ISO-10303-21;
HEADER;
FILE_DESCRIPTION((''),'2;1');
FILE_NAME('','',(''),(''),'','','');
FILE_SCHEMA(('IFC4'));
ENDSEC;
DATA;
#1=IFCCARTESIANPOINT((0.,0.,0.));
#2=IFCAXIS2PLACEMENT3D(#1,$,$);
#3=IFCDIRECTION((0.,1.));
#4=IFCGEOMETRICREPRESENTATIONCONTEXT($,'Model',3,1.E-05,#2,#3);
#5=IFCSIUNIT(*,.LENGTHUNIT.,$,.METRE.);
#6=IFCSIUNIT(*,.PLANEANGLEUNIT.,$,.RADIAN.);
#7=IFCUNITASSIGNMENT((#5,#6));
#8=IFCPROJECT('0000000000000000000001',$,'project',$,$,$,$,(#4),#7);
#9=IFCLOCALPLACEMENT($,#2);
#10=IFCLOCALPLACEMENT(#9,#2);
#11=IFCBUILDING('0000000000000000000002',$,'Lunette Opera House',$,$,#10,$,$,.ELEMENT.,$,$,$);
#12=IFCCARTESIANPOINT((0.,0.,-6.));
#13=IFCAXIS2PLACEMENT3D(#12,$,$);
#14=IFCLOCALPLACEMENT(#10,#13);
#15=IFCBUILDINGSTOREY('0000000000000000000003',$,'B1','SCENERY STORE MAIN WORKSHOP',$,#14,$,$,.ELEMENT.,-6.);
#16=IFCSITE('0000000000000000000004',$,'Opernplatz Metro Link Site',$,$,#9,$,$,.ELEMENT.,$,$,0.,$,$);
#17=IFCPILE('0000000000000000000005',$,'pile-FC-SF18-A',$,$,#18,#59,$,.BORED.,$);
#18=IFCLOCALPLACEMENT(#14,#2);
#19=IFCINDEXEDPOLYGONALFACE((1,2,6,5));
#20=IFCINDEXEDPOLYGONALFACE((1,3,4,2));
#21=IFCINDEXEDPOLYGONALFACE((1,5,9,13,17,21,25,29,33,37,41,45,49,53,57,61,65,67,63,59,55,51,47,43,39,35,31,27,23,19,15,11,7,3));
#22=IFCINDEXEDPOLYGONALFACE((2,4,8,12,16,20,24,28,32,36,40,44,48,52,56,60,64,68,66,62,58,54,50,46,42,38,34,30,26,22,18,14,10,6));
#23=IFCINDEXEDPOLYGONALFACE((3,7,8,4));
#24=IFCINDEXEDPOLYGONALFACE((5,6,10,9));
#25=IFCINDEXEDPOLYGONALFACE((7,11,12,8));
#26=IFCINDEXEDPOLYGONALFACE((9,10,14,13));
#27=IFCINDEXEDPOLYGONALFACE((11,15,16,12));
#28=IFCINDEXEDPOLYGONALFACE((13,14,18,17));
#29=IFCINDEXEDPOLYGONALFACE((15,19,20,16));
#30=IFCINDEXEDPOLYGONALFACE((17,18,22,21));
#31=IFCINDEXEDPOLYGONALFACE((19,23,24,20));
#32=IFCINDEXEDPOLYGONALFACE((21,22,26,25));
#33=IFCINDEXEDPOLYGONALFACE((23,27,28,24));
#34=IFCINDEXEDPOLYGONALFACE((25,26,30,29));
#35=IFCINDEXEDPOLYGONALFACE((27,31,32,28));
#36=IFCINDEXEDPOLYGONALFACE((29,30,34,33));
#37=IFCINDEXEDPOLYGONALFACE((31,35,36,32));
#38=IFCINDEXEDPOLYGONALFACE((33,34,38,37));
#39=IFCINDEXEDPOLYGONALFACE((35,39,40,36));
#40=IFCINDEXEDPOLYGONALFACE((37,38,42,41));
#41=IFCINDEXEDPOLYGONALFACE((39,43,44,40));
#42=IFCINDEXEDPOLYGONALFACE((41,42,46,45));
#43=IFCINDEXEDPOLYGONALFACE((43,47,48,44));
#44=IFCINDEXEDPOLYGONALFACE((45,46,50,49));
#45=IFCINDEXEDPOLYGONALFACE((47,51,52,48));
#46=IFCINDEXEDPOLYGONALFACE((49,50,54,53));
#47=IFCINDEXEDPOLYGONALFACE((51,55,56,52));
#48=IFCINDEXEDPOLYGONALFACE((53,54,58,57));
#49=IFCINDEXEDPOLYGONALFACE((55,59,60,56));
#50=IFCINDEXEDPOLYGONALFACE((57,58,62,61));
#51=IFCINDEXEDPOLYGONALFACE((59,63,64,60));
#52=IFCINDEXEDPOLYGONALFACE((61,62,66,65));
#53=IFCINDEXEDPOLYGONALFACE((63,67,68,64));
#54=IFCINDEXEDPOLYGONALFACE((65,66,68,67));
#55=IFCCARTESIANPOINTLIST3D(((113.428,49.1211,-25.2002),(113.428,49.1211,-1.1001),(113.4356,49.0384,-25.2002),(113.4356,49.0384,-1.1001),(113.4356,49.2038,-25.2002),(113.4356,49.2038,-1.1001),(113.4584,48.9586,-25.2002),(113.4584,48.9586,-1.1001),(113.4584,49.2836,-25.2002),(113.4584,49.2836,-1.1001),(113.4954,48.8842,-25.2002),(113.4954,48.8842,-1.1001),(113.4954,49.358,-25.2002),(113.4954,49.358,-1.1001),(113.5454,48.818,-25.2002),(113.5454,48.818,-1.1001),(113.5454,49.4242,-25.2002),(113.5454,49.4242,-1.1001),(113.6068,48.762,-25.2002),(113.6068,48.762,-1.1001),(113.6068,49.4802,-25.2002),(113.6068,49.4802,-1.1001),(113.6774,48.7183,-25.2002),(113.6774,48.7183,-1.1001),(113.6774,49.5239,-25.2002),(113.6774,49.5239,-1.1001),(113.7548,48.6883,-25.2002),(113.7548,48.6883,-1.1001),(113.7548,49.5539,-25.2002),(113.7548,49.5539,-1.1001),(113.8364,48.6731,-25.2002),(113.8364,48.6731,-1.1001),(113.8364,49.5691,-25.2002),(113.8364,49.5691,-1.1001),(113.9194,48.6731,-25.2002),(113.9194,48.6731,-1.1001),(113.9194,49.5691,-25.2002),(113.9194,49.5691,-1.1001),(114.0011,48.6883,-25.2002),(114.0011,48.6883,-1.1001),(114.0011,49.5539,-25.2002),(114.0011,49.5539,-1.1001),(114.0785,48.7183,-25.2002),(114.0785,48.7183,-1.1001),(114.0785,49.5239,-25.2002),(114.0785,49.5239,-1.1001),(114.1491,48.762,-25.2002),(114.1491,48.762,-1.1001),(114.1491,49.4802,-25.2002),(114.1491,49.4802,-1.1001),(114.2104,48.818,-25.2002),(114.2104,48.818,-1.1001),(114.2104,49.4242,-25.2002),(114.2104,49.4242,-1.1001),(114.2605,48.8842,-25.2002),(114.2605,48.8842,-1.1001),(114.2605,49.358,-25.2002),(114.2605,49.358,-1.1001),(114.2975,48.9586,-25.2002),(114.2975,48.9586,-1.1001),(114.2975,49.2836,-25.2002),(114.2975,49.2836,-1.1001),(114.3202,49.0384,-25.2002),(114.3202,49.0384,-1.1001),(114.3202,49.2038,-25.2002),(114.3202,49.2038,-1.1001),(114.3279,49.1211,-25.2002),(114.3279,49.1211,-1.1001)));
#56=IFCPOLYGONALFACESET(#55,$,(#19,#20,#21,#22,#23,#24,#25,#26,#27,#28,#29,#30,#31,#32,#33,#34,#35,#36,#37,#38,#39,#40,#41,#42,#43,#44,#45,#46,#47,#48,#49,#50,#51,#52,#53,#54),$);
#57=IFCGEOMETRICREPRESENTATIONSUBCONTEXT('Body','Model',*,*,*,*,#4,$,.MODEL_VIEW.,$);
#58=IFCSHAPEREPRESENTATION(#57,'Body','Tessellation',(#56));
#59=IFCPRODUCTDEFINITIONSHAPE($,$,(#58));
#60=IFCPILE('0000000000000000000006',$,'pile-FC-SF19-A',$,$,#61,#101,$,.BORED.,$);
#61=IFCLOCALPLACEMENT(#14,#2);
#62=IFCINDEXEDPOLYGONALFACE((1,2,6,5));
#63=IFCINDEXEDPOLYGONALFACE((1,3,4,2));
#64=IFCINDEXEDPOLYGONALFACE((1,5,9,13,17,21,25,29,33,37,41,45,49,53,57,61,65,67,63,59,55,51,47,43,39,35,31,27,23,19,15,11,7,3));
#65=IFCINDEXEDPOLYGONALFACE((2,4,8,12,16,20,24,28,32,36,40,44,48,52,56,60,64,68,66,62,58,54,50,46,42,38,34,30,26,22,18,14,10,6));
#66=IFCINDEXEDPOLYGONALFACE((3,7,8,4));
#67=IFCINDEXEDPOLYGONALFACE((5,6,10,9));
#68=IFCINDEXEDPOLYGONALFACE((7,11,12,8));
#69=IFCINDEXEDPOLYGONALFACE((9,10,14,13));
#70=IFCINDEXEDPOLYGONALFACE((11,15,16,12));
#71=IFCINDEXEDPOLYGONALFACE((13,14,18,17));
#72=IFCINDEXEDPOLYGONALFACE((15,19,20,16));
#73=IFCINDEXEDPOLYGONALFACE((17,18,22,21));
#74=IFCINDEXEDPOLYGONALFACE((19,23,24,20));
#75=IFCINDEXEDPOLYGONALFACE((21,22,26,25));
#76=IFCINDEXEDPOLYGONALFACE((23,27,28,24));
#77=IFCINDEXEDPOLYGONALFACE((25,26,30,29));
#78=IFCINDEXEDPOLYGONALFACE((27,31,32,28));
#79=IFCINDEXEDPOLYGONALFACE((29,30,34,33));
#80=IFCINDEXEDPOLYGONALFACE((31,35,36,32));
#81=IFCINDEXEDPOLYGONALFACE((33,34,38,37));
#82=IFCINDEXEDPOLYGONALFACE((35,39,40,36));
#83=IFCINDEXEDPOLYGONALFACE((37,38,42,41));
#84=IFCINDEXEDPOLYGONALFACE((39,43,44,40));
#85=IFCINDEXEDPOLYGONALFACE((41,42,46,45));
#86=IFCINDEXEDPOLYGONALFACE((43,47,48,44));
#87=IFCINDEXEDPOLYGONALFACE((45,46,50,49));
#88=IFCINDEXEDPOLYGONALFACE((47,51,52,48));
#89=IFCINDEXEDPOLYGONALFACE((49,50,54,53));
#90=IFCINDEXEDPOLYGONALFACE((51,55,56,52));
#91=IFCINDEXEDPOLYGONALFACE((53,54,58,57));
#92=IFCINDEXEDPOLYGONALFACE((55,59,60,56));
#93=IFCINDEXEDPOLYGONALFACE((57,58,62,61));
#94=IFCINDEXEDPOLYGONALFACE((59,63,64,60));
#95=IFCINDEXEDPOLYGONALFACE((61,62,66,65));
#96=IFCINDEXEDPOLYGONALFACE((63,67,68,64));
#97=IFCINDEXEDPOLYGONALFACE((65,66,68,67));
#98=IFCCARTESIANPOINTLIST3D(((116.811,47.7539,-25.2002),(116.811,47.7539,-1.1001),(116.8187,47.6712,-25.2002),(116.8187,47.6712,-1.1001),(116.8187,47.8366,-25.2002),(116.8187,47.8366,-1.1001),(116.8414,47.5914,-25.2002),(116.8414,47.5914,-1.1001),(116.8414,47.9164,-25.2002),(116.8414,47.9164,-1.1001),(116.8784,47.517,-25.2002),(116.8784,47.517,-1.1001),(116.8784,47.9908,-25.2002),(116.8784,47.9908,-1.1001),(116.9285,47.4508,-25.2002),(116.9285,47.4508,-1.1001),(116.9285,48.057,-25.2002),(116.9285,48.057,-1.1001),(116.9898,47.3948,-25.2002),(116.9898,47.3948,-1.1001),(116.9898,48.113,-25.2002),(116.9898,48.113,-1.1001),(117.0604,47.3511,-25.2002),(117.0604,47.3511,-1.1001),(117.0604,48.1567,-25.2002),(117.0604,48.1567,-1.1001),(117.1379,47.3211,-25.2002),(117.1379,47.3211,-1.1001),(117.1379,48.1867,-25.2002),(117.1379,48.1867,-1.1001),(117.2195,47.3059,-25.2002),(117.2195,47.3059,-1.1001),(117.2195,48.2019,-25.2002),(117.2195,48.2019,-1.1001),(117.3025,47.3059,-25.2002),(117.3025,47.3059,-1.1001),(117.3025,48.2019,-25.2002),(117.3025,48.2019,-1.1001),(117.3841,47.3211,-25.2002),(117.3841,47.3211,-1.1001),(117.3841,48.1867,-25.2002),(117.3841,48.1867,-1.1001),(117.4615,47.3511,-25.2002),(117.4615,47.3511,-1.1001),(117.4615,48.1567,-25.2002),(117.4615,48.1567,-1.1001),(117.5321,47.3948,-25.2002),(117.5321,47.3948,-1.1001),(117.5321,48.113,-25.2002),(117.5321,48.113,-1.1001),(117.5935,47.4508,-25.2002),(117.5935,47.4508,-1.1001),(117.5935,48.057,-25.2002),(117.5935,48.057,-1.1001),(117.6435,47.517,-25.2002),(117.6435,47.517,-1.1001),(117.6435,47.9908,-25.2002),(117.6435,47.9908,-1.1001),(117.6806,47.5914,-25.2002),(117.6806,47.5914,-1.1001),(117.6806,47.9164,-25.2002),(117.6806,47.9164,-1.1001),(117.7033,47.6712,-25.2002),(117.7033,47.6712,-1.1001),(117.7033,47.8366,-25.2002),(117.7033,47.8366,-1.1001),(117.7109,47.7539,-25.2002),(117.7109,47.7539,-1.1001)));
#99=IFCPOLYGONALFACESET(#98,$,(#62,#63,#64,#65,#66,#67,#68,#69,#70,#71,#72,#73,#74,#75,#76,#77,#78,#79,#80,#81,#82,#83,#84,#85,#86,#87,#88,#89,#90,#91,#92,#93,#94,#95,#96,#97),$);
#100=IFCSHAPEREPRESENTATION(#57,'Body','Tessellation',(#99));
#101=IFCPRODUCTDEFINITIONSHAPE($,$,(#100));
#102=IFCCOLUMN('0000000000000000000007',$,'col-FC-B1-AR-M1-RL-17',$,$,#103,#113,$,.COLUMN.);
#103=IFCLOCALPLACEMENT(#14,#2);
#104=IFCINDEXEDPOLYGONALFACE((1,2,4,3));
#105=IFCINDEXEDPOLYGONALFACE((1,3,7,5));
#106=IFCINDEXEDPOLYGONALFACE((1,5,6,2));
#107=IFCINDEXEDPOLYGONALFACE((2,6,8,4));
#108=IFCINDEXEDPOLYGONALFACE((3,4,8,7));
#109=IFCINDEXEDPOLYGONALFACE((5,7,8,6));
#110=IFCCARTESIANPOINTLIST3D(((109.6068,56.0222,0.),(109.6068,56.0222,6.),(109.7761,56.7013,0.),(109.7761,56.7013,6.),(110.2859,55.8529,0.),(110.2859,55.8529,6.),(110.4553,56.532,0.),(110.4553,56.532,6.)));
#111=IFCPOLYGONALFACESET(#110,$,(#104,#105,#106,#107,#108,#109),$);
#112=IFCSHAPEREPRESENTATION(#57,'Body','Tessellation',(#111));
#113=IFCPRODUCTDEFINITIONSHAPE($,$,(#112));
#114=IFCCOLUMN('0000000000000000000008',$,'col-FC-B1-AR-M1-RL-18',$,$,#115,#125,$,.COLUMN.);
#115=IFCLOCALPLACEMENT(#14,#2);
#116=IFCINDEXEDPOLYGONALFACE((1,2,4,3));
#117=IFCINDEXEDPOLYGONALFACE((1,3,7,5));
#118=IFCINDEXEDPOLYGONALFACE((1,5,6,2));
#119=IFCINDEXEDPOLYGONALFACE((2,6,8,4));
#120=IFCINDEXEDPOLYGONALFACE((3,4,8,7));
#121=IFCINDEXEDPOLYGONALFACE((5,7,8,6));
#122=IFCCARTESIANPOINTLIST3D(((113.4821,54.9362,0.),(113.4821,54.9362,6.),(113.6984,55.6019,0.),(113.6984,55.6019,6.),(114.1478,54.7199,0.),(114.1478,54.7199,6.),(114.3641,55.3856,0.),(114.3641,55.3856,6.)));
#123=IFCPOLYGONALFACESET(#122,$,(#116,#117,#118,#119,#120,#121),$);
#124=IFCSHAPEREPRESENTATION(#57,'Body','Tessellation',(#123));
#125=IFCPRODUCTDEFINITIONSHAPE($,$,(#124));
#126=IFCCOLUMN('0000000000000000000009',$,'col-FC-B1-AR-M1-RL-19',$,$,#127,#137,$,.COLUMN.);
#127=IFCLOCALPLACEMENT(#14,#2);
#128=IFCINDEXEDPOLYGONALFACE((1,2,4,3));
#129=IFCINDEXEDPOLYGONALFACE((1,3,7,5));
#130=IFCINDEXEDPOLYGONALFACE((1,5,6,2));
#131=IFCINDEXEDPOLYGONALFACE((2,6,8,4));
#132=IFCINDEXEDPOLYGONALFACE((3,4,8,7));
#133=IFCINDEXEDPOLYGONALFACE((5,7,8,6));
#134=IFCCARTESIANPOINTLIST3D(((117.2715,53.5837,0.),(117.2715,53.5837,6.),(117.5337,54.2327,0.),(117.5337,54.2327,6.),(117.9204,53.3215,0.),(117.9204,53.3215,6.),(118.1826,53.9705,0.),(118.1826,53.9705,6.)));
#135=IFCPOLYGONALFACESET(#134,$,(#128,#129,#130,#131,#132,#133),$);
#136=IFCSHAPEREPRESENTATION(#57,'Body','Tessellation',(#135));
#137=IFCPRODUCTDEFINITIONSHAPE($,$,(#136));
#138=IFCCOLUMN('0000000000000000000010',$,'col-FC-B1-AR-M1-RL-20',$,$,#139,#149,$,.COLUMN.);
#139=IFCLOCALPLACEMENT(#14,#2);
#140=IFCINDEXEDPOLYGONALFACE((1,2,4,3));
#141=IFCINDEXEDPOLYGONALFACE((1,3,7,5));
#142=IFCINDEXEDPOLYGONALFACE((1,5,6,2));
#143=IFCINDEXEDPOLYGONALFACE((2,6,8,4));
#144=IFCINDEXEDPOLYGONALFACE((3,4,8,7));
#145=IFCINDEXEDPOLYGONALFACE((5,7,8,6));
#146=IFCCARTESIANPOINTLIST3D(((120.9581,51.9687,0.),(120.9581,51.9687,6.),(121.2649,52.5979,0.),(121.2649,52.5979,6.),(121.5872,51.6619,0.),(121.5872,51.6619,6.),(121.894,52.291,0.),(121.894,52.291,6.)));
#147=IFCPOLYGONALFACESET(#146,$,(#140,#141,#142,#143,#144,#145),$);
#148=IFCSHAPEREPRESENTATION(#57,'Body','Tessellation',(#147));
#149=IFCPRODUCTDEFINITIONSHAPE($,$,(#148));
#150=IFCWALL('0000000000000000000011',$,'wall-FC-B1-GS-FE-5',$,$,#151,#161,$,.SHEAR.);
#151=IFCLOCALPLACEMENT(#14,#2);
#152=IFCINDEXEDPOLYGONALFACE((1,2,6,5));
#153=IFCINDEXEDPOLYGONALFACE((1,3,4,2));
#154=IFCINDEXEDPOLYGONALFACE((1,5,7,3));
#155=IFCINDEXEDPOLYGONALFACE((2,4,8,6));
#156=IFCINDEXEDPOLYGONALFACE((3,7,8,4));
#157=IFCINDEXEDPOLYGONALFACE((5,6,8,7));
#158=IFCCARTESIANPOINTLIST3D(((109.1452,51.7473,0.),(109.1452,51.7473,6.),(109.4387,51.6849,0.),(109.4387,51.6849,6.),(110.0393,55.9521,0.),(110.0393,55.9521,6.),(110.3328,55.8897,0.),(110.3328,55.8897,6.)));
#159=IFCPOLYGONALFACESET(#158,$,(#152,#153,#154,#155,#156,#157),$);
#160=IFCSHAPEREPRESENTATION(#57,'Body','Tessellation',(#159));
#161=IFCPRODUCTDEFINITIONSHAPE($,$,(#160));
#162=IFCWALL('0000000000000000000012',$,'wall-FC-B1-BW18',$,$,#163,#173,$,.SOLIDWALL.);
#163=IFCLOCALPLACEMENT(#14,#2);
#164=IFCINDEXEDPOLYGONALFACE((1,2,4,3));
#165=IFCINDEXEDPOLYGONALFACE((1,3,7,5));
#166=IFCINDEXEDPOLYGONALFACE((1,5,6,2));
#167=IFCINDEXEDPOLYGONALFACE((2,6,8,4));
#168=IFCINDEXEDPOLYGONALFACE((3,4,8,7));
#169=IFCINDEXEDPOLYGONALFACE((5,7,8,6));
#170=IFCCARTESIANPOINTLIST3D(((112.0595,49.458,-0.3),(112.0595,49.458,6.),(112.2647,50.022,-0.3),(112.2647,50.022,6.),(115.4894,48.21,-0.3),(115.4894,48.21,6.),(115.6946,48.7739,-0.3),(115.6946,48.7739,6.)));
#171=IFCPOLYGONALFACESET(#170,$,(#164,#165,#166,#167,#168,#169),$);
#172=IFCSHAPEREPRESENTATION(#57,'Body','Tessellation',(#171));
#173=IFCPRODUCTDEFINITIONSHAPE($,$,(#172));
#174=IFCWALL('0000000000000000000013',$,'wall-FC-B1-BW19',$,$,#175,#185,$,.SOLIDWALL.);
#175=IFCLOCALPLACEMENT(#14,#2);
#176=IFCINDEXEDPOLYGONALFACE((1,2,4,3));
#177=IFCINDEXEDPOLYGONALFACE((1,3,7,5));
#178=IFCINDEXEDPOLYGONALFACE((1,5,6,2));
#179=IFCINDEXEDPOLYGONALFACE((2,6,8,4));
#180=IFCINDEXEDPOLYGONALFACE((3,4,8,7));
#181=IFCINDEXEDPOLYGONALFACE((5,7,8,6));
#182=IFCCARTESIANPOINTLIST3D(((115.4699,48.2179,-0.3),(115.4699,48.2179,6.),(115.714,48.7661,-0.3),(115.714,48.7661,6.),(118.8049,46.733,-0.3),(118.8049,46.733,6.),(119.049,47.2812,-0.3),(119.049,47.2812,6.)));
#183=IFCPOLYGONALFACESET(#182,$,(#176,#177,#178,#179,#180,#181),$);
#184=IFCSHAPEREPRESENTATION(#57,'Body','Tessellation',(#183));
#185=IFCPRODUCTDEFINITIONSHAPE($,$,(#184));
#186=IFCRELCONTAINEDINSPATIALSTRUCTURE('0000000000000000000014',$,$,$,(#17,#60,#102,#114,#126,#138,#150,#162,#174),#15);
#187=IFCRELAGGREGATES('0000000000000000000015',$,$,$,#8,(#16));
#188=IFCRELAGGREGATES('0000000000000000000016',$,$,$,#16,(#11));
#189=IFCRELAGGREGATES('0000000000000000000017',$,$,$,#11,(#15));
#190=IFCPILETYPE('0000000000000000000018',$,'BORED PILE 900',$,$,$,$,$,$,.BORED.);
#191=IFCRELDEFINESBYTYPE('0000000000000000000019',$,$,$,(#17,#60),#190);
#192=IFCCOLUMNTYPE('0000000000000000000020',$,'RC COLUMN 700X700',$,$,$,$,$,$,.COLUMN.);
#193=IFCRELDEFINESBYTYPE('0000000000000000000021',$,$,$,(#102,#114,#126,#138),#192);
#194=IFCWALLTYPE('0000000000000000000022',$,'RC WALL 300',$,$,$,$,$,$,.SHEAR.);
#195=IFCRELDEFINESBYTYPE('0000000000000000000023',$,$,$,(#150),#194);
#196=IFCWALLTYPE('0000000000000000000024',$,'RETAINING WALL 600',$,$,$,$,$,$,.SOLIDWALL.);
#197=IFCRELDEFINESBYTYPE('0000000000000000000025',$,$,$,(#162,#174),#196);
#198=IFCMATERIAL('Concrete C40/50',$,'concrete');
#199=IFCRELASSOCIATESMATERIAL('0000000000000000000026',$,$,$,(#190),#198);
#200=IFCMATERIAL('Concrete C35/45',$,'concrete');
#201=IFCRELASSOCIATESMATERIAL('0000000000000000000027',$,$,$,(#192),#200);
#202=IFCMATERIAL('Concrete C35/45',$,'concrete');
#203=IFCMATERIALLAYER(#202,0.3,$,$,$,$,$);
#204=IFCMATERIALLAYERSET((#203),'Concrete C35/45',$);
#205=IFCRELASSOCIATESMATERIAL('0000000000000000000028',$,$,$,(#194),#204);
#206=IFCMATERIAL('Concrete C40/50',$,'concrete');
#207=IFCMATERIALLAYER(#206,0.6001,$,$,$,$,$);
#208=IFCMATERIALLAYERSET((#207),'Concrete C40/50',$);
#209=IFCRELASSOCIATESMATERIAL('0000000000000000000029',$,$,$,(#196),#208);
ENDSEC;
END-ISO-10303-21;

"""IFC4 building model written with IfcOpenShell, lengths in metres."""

from ifc_helpers import new_model, si_unit, direction, frame, frame_2d, origin, origin_2d, place, context, subcontext, project, spatial, rectangle, circle, extrude, material, layer, layer_set, material_profile, profile_set, type_object, element, save


model = new_model("IFC4")

# Units and contexts
model_context = context("Model", 3, precision=1e-05, world=origin(), true_north=direction((0.0, 1.0)))
body_context = subcontext(model_context, "Body", "Model", "MODEL_VIEW")
ifc_project = project(units=[si_unit("LENGTHUNIT", "METRE"), si_unit("PLANEANGLEUNIT", "RADIAN")], contexts=[model_context])

# Site, building, storey
site_placement = place(None, origin())
site = spatial("IfcSite", under=ifc_project, at=site_placement, Name="Opernplatz Metro Link Site", CompositionType="ELEMENT", RefElevation=0.0)
building_placement = place(site_placement, origin())
building = spatial("IfcBuilding", under=site, at=building_placement, Name="Lunette Opera House", CompositionType="ELEMENT")
storey_placement = place(building_placement, frame((0.0, 0.0, -6.0)))
storey = spatial("IfcBuildingStorey", under=building, at=storey_placement, Name="B1", Description="SCENERY STORE MAIN WORKSHOP", CompositionType="ELEMENT", Elevation=-6.0)

# Piles
ifc_material_1 = material(Name="Concrete C40/50", Category="concrete")
ifc_material_profile_1 = material_profile(ifc_material_1, circle(Radius=0.45, at=origin_2d()), Name="BORED PILE 900")
ifc_profile_set_1 = profile_set([ifc_material_profile_1], Name="Concrete C40/50")
pile_type = type_object("IfcPileType", Name="BORED PILE 900", PredefinedType="BORED", material=ifc_profile_set_1)
for number, where, z_axis, x_axis, name in (
    (1, (113.8779, 49.1211, -1.1001), (0.0, 0.0, -1.0), (1.0, 0.0, 0.0), "pile-FC-SF18-A"),
    (2, (117.261, 47.7539, -1.1001), (0.0, 0.0, -1.0), (1.0, 0.0, 0.0), "pile-FC-SF19-A"),
):
    element("IfcPile", number, at=place(storey_placement, frame(where, z_axis=z_axis, x_axis=x_axis)), inside=storey, type_object=pile_type, Name=name, PredefinedType="BORED", context=body_context, shape_type="SweptSolid", body=[
        extrude(circle(Radius=0.45, at=origin_2d()), origin(), (0.0, 0.0, 1.0), 24.1001),
    ])

# Columns
ifc_material_2 = material(Name="Concrete C35/45", Category="concrete")
ifc_material_profile_2 = material_profile(ifc_material_2, rectangle(XDim=0.7, YDim=0.7, at=origin_2d()), Name="RC COLUMN 700X700")
ifc_profile_set_2 = profile_set([ifc_material_profile_2], Name="Concrete C35/45")
column_type = type_object("IfcColumnType", Name="RC COLUMN 700X700", PredefinedType="COLUMN", material=ifc_profile_set_2)
for number, where, z_axis, x_axis, name in (
    (3, (110.031, 56.2771, 0.0), (0.0, 0.0, 1.0), (0.970296, -0.241922, 0.0), "col-FC-B1-AR-M1-RL-17"),
    (4, (113.9231, 55.1609, 0.0), (0.0, 0.0, 1.0), (0.951057, -0.309017, 0.0), "col-FC-B1-AR-M1-RL-18"),
    (5, (117.7271, 53.7771, 0.0), (0.0, 0.0, 1.0), (0.927184, -0.374607, 0.0), "col-FC-B1-AR-M1-RL-19"),
    (6, (121.426, 52.1299, 0.0), (0.0, 0.0, 1.0), (0.898794, -0.438371, 0.0), "col-FC-B1-AR-M1-RL-20"),
):
    element("IfcColumn", number, at=place(storey_placement, frame(where, z_axis=z_axis, x_axis=x_axis)), inside=storey, type_object=column_type, Name=name, PredefinedType="COLUMN", context=body_context, shape_type="SweptSolid", body=[
        extrude(rectangle(XDim=0.7, YDim=0.7, at=origin_2d()), origin(), (0.0, 0.0, 1.0), 6.0),
    ])

# Walls
ifc_material_3 = material(Name="Concrete C35/45", Category="concrete")
ifc_layer_1 = layer(ifc_material_3, 0.3)
ifc_layer_set_1 = layer_set([ifc_layer_1], Name="Concrete C35/45")
wall_type_1 = type_object("IfcWallType", Name="RC WALL 300", PredefinedType="SHEAR", material=ifc_layer_set_1)
wall_1_placement = place(storey_placement, frame((110.186, 55.9209, 0.0), z_axis=(0.0, 0.0, 1.0), x_axis=(-0.207974, -0.978134, 0.0)))
element("IfcWall", 7, at=wall_1_placement, inside=storey, type_object=wall_type_1, Name="wall-FC-B1-GS-FE-5", PredefinedType="SHEAR", context=body_context, shape_type="SweptSolid", body=[
    extrude(rectangle(XDim=4.2988, YDim=0.3, at=frame_2d((2.1494, 0.0))), origin(), (0.0, 0.0, 1.0), 6.0),
])
ifc_material_4 = material(Name="Concrete C40/50", Category="concrete")
ifc_layer_2 = layer(ifc_material_4, 0.6001)
ifc_layer_set_2 = layer_set([ifc_layer_2], Name="Concrete C40/50")
wall_type_2 = type_object("IfcWallType", Name="RETAINING WALL 600", PredefinedType="SOLIDWALL", material=ifc_layer_set_2)
wall_2_placement = place(storey_placement, frame((112.1621, 49.74, -0.3), z_axis=(0.0, 0.0, 1.0), x_axis=(0.939723, -0.341936, 0.0)))
element("IfcWall", 8, at=wall_2_placement, inside=storey, type_object=wall_type_2, Name="wall-FC-B1-BW18", PredefinedType="SOLIDWALL", context=body_context, shape_type="SweptSolid", body=[
    extrude(rectangle(XDim=3.6499, YDim=0.6001, at=frame_2d((1.825, 0.0))), origin(), (0.0, 0.0, 1.0), 6.3),
])
wall_3_placement = place(storey_placement, frame((115.592, 48.4919, -0.3), z_axis=(0.0, 0.0, 1.0), x_axis=(0.913541, -0.406746, 0.0)))
element("IfcWall", 9, at=wall_3_placement, inside=storey, type_object=wall_type_2, Name="wall-FC-B1-BW19", PredefinedType="SOLIDWALL", context=body_context, shape_type="SweptSolid", body=[
    extrude(rectangle(XDim=3.6506, YDim=0.6001, at=frame_2d((1.8252, 0.0))), origin(), (0.0, 0.0, 1.0), 6.3),
])

save(model, "model.ifc")
